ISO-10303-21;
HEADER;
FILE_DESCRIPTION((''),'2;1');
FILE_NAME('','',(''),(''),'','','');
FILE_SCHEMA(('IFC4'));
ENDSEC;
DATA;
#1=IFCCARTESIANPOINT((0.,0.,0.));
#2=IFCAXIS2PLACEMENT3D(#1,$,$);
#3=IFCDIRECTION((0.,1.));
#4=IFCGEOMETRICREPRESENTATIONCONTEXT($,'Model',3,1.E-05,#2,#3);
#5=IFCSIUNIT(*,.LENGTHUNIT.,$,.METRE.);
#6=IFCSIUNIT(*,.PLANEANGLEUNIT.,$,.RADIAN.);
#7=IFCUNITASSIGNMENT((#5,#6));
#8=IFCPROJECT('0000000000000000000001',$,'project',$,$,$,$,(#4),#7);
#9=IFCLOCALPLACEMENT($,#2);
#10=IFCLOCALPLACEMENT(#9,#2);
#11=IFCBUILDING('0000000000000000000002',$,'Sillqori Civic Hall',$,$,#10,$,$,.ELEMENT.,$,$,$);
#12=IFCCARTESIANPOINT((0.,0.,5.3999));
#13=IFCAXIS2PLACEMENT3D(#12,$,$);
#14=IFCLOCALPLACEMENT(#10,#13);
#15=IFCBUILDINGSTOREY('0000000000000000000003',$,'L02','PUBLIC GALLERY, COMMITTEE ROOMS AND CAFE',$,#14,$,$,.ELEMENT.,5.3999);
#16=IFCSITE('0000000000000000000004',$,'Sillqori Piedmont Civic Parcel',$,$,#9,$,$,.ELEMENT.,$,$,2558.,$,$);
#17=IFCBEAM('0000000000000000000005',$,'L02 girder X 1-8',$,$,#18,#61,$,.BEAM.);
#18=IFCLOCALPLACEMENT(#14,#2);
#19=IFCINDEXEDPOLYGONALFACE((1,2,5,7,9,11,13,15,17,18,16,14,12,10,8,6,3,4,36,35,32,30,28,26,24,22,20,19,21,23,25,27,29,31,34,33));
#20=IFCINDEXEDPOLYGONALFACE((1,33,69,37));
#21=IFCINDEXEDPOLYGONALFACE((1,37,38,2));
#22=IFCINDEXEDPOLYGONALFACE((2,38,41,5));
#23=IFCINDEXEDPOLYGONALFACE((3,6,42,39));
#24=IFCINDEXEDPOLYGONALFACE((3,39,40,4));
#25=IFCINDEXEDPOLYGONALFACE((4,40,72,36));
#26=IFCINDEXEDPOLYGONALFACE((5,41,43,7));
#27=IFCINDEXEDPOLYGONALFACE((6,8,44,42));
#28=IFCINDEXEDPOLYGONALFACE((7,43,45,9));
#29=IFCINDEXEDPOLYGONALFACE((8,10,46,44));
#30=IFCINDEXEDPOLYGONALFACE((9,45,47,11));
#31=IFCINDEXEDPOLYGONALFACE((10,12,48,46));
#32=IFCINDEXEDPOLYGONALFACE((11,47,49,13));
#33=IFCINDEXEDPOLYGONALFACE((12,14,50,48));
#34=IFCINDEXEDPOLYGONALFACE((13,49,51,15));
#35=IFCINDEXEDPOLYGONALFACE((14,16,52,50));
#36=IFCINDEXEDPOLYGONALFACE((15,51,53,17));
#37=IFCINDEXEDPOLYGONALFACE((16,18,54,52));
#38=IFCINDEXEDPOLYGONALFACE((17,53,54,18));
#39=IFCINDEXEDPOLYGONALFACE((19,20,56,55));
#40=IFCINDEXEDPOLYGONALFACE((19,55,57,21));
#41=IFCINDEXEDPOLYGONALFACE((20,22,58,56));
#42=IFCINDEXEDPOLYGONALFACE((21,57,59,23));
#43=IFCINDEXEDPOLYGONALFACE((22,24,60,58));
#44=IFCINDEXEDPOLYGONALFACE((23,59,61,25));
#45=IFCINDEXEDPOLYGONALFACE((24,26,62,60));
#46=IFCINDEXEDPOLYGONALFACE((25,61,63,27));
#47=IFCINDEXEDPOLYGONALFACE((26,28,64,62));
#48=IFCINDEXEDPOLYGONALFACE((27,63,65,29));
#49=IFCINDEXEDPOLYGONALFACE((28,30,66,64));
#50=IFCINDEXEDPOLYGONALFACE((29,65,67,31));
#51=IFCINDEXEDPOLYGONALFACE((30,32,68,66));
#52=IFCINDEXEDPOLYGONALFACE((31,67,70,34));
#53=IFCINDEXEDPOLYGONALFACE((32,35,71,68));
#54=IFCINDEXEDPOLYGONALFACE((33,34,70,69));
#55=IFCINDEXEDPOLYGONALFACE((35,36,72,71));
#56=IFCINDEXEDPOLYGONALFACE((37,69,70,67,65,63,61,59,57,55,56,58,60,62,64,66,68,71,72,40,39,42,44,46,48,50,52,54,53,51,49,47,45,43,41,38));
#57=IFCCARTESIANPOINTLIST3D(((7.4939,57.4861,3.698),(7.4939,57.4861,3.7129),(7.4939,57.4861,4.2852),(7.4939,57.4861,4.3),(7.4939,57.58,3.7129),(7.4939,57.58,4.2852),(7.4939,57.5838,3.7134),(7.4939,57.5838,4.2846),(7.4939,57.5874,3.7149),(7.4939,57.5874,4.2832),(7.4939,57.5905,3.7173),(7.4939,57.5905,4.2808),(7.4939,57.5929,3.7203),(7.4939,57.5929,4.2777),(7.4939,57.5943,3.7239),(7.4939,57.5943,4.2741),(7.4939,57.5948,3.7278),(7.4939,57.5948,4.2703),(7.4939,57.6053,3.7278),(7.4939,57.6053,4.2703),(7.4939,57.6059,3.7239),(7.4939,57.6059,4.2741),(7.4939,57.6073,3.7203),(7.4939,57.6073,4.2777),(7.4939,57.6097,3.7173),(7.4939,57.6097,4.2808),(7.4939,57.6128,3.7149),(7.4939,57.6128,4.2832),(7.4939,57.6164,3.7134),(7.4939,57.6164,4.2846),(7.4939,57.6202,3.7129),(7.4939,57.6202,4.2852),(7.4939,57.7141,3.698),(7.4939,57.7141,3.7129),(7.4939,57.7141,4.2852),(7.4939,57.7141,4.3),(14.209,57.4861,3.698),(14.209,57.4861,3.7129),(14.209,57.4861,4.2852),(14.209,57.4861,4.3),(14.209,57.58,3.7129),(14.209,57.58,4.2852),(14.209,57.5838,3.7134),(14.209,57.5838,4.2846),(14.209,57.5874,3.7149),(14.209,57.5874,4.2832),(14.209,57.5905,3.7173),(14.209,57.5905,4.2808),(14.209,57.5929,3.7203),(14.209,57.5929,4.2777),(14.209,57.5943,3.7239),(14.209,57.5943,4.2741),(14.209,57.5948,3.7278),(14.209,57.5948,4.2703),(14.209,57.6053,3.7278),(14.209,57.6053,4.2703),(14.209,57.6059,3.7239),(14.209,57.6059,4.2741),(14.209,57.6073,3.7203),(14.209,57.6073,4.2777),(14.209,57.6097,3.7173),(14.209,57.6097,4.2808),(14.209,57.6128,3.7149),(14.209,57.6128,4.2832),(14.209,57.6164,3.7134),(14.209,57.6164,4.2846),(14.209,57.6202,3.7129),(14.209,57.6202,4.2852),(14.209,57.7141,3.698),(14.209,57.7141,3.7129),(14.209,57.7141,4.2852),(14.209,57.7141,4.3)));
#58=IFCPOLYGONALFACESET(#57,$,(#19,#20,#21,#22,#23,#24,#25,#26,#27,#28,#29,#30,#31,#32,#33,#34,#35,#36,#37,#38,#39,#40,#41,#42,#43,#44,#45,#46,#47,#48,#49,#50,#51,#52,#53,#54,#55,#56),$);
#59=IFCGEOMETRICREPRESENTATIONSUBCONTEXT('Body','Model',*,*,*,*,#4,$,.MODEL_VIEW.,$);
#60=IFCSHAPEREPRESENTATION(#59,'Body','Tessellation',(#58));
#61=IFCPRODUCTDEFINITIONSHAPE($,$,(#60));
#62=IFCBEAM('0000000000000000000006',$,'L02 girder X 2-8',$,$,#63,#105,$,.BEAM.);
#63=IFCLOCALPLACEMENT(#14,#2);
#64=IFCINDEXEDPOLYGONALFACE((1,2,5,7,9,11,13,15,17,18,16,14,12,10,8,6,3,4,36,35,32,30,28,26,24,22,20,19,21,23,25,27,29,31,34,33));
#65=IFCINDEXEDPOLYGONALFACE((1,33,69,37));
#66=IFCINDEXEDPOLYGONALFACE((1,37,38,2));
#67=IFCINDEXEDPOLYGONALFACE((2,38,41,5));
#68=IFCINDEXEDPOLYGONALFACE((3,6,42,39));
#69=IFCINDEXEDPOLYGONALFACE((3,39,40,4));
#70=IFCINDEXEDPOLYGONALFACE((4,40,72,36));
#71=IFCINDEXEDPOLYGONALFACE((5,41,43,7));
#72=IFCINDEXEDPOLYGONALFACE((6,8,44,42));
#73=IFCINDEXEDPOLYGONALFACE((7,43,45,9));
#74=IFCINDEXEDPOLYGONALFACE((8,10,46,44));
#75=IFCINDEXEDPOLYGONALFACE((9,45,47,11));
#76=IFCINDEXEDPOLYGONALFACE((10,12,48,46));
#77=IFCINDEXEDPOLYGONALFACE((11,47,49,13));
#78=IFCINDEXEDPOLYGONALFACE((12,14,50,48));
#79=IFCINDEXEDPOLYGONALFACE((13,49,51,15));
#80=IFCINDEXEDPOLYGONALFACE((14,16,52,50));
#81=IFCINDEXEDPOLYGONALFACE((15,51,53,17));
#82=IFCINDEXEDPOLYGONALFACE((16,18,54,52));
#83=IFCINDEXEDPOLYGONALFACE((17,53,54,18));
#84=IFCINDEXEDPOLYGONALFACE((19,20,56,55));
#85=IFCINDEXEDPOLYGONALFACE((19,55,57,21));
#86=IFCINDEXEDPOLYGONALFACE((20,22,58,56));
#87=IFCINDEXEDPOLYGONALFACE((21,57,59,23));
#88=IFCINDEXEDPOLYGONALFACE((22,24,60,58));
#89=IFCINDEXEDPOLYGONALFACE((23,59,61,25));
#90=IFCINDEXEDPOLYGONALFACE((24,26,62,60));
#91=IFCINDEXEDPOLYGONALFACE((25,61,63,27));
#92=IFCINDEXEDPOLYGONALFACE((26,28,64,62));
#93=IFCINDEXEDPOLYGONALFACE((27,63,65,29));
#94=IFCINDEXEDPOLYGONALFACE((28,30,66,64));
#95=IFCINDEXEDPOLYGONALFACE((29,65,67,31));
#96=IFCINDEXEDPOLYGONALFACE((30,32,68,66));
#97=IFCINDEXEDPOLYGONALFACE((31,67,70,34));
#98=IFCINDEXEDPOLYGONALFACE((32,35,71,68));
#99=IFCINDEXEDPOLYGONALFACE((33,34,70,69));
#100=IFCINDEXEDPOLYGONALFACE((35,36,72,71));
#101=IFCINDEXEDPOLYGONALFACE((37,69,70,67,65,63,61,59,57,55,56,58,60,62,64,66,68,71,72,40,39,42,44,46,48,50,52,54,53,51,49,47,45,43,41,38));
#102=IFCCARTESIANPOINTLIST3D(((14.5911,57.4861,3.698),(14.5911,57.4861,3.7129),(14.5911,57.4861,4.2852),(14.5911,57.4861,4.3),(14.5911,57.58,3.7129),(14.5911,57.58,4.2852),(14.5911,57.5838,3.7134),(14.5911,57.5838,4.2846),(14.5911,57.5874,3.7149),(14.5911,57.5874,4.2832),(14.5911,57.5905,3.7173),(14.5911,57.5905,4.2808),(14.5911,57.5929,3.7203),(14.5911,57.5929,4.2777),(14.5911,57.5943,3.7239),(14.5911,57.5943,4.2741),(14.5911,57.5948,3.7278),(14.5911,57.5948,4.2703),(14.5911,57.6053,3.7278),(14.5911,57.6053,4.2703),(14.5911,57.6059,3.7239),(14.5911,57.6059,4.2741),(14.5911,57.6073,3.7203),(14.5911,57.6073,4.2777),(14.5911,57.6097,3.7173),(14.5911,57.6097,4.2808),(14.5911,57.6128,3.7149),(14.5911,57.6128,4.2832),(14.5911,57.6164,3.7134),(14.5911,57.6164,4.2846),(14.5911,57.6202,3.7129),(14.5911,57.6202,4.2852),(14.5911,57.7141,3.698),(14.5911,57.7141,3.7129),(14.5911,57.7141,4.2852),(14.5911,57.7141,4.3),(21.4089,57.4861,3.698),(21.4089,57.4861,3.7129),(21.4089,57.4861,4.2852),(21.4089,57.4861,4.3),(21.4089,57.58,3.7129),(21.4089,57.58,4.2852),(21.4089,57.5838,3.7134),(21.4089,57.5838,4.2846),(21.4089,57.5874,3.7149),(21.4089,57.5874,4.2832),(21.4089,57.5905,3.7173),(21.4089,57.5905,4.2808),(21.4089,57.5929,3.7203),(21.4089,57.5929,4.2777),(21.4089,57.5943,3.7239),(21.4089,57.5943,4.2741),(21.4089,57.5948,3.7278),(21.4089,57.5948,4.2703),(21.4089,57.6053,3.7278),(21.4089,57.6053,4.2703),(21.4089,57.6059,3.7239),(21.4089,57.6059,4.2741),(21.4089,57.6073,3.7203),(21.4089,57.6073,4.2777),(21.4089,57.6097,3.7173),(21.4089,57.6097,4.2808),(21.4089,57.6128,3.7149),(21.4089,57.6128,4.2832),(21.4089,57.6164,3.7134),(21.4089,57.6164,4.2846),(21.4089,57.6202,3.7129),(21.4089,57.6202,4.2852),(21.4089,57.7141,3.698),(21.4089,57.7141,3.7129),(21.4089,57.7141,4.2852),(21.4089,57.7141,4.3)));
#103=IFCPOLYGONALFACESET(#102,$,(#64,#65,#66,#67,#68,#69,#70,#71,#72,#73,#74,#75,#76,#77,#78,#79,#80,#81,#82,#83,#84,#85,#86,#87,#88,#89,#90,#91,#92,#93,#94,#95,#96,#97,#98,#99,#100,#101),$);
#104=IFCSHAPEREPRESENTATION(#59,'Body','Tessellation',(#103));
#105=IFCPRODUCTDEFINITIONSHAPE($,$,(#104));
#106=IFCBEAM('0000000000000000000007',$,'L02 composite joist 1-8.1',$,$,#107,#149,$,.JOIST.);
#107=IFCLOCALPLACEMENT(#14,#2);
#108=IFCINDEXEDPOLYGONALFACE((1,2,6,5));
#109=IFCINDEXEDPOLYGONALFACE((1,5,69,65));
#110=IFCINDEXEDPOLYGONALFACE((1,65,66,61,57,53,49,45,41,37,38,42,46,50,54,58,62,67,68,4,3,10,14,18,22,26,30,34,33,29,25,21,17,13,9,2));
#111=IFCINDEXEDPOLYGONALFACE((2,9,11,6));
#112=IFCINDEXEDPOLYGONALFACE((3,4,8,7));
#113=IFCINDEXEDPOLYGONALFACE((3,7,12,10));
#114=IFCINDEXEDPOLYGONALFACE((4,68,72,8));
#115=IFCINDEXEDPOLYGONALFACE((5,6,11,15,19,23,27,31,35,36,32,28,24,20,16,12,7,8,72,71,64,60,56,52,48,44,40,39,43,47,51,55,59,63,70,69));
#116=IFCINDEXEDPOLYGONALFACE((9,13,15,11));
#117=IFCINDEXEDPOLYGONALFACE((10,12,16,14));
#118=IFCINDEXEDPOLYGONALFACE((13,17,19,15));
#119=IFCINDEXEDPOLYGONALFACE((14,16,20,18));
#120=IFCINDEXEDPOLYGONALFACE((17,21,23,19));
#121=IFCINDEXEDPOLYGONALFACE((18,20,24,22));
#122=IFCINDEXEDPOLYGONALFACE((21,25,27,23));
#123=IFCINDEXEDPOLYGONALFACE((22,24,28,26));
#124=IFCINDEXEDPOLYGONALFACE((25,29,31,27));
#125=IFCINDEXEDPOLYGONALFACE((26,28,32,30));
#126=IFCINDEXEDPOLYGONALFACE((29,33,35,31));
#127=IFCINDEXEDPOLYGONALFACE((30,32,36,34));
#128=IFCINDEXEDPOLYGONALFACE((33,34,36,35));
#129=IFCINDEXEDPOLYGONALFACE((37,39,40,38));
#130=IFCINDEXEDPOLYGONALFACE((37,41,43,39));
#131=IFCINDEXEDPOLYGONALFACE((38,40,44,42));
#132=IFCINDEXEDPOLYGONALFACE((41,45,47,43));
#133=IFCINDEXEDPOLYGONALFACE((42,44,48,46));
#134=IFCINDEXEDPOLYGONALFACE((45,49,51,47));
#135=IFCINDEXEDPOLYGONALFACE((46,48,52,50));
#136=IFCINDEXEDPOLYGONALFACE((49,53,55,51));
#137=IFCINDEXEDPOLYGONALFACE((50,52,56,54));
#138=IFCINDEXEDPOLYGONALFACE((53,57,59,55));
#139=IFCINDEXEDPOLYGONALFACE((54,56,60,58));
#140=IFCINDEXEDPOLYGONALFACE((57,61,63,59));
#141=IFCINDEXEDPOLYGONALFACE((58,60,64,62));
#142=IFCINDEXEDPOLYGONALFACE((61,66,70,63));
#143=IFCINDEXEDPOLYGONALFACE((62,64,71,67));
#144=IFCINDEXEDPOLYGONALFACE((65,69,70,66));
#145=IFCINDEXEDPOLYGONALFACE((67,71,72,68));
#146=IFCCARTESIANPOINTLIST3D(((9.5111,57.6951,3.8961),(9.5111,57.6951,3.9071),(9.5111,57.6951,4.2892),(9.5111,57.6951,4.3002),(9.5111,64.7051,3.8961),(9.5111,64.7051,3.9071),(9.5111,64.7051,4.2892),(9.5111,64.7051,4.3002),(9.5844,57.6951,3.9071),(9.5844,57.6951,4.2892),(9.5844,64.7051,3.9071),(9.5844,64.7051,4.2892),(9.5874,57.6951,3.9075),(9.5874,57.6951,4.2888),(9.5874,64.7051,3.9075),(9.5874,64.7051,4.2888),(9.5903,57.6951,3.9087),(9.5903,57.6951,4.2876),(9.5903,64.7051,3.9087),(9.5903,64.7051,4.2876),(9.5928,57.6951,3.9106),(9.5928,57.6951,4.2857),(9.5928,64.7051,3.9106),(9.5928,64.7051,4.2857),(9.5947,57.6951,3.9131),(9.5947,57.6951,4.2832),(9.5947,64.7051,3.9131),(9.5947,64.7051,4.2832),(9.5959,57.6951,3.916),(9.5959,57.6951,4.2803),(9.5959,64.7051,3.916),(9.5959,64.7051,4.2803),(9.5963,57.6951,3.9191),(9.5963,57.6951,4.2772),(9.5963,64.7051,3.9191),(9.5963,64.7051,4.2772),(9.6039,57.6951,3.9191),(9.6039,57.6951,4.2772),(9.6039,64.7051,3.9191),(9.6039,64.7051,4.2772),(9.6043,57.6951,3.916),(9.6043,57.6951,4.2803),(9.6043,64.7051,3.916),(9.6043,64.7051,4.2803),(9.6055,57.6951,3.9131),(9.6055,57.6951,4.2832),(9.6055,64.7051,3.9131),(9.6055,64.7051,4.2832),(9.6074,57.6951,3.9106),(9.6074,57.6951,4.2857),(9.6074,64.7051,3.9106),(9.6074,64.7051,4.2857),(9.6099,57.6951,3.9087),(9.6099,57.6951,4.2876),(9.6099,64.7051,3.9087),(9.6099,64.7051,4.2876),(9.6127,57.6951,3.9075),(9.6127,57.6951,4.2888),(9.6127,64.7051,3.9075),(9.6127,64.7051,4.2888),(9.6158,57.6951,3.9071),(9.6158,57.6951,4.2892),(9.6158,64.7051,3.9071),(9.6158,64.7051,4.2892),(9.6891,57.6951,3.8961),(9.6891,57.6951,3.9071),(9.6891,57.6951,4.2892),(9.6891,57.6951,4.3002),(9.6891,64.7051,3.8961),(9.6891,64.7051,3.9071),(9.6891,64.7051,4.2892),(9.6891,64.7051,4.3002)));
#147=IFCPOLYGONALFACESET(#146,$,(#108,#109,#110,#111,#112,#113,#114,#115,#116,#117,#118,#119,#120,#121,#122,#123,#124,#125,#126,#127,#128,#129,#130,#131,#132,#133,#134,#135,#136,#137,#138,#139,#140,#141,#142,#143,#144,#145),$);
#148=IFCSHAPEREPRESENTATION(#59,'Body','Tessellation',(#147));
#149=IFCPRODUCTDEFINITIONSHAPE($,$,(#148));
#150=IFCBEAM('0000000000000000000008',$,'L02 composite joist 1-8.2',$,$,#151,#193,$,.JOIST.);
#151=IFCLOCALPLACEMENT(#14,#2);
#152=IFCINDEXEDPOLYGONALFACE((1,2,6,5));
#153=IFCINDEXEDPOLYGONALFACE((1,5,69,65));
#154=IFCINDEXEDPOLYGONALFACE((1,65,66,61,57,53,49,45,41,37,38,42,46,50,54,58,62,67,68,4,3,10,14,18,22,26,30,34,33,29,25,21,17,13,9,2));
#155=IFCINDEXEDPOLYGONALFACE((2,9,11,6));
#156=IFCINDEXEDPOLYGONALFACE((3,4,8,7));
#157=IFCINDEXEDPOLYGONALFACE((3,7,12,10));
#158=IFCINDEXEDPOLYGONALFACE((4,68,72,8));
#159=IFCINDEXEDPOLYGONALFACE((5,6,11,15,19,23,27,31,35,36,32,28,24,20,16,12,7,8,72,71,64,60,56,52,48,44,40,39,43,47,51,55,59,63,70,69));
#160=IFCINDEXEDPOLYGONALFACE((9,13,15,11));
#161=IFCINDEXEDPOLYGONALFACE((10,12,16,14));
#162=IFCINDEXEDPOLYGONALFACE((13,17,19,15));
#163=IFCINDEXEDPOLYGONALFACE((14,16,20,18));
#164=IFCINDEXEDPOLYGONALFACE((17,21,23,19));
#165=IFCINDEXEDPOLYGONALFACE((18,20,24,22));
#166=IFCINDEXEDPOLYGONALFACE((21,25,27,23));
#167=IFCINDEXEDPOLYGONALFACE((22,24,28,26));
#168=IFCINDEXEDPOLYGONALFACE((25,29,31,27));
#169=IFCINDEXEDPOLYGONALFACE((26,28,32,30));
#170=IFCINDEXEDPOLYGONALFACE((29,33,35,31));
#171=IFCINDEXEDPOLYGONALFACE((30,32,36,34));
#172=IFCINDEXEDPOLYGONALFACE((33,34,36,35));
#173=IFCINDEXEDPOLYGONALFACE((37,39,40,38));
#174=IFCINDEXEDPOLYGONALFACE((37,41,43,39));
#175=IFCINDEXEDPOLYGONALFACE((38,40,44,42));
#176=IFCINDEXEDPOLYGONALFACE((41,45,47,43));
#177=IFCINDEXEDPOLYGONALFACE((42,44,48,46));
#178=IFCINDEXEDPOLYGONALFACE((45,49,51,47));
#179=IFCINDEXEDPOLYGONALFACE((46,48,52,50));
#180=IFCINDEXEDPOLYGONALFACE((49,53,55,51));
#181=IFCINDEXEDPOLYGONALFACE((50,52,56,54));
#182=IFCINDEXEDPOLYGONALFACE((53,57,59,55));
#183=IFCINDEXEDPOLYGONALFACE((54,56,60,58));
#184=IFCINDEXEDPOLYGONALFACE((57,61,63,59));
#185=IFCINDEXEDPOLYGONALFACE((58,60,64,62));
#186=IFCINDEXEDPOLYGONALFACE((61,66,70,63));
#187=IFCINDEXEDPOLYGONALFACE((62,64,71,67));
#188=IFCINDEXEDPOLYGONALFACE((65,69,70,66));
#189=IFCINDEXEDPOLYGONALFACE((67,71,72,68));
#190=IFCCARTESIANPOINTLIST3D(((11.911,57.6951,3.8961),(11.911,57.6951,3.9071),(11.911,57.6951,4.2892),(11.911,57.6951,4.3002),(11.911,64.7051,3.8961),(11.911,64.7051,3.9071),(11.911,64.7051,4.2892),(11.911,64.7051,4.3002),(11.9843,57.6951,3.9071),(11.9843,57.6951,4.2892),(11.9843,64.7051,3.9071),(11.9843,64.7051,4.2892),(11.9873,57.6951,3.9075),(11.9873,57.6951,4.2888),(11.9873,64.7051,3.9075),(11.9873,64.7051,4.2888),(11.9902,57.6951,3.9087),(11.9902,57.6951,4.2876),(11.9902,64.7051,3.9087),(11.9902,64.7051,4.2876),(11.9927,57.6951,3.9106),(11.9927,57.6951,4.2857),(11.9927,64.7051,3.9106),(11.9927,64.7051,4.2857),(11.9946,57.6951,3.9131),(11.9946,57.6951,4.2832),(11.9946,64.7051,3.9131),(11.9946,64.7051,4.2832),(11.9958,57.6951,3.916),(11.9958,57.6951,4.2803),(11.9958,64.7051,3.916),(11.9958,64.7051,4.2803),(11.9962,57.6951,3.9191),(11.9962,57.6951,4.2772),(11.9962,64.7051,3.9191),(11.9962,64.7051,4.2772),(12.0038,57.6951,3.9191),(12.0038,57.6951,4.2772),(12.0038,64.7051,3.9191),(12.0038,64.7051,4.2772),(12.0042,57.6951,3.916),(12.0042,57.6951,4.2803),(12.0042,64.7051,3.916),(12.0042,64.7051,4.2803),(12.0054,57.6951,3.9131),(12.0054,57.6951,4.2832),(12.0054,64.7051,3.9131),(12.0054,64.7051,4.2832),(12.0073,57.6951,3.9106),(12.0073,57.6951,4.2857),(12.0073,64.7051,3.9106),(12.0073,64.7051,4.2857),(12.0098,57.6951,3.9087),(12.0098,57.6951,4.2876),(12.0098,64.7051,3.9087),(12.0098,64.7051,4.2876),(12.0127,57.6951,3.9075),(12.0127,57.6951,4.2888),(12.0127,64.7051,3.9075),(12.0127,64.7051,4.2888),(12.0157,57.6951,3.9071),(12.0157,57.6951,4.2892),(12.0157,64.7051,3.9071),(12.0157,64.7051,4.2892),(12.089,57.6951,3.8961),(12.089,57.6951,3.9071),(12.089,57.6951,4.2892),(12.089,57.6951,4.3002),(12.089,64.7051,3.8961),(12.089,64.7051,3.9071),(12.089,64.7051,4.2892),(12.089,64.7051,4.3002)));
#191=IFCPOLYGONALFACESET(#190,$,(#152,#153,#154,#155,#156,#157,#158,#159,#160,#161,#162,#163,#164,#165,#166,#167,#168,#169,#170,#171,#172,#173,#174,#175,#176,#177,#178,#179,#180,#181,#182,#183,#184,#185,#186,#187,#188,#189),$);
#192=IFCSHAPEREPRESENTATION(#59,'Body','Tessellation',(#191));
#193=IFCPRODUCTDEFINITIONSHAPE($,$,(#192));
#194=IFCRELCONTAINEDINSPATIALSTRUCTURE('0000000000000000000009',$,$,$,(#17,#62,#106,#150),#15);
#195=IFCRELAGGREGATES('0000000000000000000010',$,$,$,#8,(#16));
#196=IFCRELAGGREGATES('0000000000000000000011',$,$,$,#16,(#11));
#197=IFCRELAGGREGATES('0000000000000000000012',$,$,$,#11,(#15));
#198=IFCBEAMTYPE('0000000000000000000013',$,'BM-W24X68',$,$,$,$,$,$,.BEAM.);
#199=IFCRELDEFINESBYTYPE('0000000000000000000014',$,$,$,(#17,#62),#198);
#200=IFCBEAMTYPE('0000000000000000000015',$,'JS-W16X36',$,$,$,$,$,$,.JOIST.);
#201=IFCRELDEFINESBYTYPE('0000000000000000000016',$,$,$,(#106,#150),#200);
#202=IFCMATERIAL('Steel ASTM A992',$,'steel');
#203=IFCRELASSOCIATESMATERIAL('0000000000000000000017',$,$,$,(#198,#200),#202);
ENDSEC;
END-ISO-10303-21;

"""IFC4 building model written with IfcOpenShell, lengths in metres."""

from ifc_helpers import new_model, si_unit, direction, frame, origin, origin_2d, place, context, subcontext, project, spatial, i_section, extrude, material, material_profile, profile_set, type_object, element, save


model = new_model("IFC4")

# Units and contexts
model_context = context("Model", 3, precision=1e-05, world=origin(), true_north=direction((0.0, 1.0)))
body_context = subcontext(model_context, "Body", "Model", "MODEL_VIEW")
ifc_project = project(units=[si_unit("LENGTHUNIT", "METRE"), si_unit("PLANEANGLEUNIT", "RADIAN")], contexts=[model_context])

# Site, building, storey
site_placement = place(None, origin())
site = spatial("IfcSite", under=ifc_project, at=site_placement, Name="Sillqori Piedmont Civic Parcel", CompositionType="ELEMENT", RefElevation=2558.0)
building_placement = place(site_placement, origin())
building = spatial("IfcBuilding", under=site, at=building_placement, Name="Sillqori Civic Hall", CompositionType="ELEMENT")
storey_placement = place(building_placement, frame((0.0, 0.0, 5.3999)))
storey = spatial("IfcBuildingStorey", under=building, at=storey_placement, Name="L02", Description="PUBLIC GALLERY, COMMITTEE ROOMS AND CAFE", CompositionType="ELEMENT", Elevation=5.3999)

# Shared definitions
ifc_material_1 = material(Name="Steel ASTM A992", Category="steel")

# Beams
ifc_material_profile_1 = material_profile(ifc_material_1, i_section(OverallWidth=0.228, OverallDepth=0.6021, WebThickness=0.0105, FlangeThickness=0.0149, FilletRadius=0.0149, at=origin_2d()), Name="W24X68")
ifc_profile_set_1 = profile_set([ifc_material_profile_1], Name="Steel ASTM A992")
beam_type_1 = type_object("IfcBeamType", Name="BM-W24X68", PredefinedType="BEAM", material=ifc_profile_set_1)
beam_1_placement = place(storey_placement, frame((7.4939, 57.6001, 3.999), z_axis=(1.0, 0.0, 0.0), x_axis=(0.0, 1.0, 0.0)))
element("IfcBeam", 1, at=beam_1_placement, inside=storey, type_object=beam_type_1, Name="L02 girder X 1-8", PredefinedType="BEAM", context=body_context, shape_type="SweptSolid", body=[
    extrude(i_section(OverallWidth=0.228, OverallDepth=0.6021, WebThickness=0.0105, FlangeThickness=0.0149, FilletRadius=0.0149, at=origin_2d()), origin(), (0.0, 0.0, 1.0), 6.7151),
])
beam_2_placement = place(storey_placement, frame((14.5911, 57.6001, 3.999), z_axis=(1.0, 0.0, 0.0), x_axis=(0.0, 1.0, 0.0)))
element("IfcBeam", 2, at=beam_2_placement, inside=storey, type_object=beam_type_1, Name="L02 girder X 2-8", PredefinedType="BEAM", context=body_context, shape_type="SweptSolid", body=[
    extrude(i_section(OverallWidth=0.228, OverallDepth=0.6021, WebThickness=0.0105, FlangeThickness=0.0149, FilletRadius=0.0149, at=origin_2d()), origin(), (0.0, 0.0, 1.0), 6.8179),
])
ifc_material_profile_2 = material_profile(ifc_material_1, i_section(OverallWidth=0.178, OverallDepth=0.4041, WebThickness=0.0076, FlangeThickness=0.011, FilletRadius=0.012, at=origin_2d()), Name="W16X36")
ifc_profile_set_2 = profile_set([ifc_material_profile_2], Name="Steel ASTM A992")
beam_type_2 = type_object("IfcBeamType", Name="JS-W16X36", PredefinedType="JOIST", material=ifc_profile_set_2)
for number, where, z_axis, x_axis, name in (
    (3, (9.6001, 57.6951, 4.0981), (0.0, 1.0, 0.0), (-1.0, 0.0, 0.0), "L02 composite joist 1-8.1"),
    (4, (12.0, 57.6951, 4.0981), (0.0, 1.0, 0.0), (-1.0, 0.0, 0.0), "L02 composite joist 1-8.2"),
):
    element("IfcBeam", number, at=place(storey_placement, frame(where, z_axis=z_axis, x_axis=x_axis)), inside=storey, type_object=beam_type_2, Name=name, PredefinedType="JOIST", context=body_context, shape_type="SweptSolid", body=[
        extrude(i_section(OverallWidth=0.178, OverallDepth=0.4041, WebThickness=0.0076, FlangeThickness=0.011, FilletRadius=0.012, at=origin_2d()), origin(), (0.0, 0.0, 1.0), 7.01),
    ])

save(model, "model.ifc")
